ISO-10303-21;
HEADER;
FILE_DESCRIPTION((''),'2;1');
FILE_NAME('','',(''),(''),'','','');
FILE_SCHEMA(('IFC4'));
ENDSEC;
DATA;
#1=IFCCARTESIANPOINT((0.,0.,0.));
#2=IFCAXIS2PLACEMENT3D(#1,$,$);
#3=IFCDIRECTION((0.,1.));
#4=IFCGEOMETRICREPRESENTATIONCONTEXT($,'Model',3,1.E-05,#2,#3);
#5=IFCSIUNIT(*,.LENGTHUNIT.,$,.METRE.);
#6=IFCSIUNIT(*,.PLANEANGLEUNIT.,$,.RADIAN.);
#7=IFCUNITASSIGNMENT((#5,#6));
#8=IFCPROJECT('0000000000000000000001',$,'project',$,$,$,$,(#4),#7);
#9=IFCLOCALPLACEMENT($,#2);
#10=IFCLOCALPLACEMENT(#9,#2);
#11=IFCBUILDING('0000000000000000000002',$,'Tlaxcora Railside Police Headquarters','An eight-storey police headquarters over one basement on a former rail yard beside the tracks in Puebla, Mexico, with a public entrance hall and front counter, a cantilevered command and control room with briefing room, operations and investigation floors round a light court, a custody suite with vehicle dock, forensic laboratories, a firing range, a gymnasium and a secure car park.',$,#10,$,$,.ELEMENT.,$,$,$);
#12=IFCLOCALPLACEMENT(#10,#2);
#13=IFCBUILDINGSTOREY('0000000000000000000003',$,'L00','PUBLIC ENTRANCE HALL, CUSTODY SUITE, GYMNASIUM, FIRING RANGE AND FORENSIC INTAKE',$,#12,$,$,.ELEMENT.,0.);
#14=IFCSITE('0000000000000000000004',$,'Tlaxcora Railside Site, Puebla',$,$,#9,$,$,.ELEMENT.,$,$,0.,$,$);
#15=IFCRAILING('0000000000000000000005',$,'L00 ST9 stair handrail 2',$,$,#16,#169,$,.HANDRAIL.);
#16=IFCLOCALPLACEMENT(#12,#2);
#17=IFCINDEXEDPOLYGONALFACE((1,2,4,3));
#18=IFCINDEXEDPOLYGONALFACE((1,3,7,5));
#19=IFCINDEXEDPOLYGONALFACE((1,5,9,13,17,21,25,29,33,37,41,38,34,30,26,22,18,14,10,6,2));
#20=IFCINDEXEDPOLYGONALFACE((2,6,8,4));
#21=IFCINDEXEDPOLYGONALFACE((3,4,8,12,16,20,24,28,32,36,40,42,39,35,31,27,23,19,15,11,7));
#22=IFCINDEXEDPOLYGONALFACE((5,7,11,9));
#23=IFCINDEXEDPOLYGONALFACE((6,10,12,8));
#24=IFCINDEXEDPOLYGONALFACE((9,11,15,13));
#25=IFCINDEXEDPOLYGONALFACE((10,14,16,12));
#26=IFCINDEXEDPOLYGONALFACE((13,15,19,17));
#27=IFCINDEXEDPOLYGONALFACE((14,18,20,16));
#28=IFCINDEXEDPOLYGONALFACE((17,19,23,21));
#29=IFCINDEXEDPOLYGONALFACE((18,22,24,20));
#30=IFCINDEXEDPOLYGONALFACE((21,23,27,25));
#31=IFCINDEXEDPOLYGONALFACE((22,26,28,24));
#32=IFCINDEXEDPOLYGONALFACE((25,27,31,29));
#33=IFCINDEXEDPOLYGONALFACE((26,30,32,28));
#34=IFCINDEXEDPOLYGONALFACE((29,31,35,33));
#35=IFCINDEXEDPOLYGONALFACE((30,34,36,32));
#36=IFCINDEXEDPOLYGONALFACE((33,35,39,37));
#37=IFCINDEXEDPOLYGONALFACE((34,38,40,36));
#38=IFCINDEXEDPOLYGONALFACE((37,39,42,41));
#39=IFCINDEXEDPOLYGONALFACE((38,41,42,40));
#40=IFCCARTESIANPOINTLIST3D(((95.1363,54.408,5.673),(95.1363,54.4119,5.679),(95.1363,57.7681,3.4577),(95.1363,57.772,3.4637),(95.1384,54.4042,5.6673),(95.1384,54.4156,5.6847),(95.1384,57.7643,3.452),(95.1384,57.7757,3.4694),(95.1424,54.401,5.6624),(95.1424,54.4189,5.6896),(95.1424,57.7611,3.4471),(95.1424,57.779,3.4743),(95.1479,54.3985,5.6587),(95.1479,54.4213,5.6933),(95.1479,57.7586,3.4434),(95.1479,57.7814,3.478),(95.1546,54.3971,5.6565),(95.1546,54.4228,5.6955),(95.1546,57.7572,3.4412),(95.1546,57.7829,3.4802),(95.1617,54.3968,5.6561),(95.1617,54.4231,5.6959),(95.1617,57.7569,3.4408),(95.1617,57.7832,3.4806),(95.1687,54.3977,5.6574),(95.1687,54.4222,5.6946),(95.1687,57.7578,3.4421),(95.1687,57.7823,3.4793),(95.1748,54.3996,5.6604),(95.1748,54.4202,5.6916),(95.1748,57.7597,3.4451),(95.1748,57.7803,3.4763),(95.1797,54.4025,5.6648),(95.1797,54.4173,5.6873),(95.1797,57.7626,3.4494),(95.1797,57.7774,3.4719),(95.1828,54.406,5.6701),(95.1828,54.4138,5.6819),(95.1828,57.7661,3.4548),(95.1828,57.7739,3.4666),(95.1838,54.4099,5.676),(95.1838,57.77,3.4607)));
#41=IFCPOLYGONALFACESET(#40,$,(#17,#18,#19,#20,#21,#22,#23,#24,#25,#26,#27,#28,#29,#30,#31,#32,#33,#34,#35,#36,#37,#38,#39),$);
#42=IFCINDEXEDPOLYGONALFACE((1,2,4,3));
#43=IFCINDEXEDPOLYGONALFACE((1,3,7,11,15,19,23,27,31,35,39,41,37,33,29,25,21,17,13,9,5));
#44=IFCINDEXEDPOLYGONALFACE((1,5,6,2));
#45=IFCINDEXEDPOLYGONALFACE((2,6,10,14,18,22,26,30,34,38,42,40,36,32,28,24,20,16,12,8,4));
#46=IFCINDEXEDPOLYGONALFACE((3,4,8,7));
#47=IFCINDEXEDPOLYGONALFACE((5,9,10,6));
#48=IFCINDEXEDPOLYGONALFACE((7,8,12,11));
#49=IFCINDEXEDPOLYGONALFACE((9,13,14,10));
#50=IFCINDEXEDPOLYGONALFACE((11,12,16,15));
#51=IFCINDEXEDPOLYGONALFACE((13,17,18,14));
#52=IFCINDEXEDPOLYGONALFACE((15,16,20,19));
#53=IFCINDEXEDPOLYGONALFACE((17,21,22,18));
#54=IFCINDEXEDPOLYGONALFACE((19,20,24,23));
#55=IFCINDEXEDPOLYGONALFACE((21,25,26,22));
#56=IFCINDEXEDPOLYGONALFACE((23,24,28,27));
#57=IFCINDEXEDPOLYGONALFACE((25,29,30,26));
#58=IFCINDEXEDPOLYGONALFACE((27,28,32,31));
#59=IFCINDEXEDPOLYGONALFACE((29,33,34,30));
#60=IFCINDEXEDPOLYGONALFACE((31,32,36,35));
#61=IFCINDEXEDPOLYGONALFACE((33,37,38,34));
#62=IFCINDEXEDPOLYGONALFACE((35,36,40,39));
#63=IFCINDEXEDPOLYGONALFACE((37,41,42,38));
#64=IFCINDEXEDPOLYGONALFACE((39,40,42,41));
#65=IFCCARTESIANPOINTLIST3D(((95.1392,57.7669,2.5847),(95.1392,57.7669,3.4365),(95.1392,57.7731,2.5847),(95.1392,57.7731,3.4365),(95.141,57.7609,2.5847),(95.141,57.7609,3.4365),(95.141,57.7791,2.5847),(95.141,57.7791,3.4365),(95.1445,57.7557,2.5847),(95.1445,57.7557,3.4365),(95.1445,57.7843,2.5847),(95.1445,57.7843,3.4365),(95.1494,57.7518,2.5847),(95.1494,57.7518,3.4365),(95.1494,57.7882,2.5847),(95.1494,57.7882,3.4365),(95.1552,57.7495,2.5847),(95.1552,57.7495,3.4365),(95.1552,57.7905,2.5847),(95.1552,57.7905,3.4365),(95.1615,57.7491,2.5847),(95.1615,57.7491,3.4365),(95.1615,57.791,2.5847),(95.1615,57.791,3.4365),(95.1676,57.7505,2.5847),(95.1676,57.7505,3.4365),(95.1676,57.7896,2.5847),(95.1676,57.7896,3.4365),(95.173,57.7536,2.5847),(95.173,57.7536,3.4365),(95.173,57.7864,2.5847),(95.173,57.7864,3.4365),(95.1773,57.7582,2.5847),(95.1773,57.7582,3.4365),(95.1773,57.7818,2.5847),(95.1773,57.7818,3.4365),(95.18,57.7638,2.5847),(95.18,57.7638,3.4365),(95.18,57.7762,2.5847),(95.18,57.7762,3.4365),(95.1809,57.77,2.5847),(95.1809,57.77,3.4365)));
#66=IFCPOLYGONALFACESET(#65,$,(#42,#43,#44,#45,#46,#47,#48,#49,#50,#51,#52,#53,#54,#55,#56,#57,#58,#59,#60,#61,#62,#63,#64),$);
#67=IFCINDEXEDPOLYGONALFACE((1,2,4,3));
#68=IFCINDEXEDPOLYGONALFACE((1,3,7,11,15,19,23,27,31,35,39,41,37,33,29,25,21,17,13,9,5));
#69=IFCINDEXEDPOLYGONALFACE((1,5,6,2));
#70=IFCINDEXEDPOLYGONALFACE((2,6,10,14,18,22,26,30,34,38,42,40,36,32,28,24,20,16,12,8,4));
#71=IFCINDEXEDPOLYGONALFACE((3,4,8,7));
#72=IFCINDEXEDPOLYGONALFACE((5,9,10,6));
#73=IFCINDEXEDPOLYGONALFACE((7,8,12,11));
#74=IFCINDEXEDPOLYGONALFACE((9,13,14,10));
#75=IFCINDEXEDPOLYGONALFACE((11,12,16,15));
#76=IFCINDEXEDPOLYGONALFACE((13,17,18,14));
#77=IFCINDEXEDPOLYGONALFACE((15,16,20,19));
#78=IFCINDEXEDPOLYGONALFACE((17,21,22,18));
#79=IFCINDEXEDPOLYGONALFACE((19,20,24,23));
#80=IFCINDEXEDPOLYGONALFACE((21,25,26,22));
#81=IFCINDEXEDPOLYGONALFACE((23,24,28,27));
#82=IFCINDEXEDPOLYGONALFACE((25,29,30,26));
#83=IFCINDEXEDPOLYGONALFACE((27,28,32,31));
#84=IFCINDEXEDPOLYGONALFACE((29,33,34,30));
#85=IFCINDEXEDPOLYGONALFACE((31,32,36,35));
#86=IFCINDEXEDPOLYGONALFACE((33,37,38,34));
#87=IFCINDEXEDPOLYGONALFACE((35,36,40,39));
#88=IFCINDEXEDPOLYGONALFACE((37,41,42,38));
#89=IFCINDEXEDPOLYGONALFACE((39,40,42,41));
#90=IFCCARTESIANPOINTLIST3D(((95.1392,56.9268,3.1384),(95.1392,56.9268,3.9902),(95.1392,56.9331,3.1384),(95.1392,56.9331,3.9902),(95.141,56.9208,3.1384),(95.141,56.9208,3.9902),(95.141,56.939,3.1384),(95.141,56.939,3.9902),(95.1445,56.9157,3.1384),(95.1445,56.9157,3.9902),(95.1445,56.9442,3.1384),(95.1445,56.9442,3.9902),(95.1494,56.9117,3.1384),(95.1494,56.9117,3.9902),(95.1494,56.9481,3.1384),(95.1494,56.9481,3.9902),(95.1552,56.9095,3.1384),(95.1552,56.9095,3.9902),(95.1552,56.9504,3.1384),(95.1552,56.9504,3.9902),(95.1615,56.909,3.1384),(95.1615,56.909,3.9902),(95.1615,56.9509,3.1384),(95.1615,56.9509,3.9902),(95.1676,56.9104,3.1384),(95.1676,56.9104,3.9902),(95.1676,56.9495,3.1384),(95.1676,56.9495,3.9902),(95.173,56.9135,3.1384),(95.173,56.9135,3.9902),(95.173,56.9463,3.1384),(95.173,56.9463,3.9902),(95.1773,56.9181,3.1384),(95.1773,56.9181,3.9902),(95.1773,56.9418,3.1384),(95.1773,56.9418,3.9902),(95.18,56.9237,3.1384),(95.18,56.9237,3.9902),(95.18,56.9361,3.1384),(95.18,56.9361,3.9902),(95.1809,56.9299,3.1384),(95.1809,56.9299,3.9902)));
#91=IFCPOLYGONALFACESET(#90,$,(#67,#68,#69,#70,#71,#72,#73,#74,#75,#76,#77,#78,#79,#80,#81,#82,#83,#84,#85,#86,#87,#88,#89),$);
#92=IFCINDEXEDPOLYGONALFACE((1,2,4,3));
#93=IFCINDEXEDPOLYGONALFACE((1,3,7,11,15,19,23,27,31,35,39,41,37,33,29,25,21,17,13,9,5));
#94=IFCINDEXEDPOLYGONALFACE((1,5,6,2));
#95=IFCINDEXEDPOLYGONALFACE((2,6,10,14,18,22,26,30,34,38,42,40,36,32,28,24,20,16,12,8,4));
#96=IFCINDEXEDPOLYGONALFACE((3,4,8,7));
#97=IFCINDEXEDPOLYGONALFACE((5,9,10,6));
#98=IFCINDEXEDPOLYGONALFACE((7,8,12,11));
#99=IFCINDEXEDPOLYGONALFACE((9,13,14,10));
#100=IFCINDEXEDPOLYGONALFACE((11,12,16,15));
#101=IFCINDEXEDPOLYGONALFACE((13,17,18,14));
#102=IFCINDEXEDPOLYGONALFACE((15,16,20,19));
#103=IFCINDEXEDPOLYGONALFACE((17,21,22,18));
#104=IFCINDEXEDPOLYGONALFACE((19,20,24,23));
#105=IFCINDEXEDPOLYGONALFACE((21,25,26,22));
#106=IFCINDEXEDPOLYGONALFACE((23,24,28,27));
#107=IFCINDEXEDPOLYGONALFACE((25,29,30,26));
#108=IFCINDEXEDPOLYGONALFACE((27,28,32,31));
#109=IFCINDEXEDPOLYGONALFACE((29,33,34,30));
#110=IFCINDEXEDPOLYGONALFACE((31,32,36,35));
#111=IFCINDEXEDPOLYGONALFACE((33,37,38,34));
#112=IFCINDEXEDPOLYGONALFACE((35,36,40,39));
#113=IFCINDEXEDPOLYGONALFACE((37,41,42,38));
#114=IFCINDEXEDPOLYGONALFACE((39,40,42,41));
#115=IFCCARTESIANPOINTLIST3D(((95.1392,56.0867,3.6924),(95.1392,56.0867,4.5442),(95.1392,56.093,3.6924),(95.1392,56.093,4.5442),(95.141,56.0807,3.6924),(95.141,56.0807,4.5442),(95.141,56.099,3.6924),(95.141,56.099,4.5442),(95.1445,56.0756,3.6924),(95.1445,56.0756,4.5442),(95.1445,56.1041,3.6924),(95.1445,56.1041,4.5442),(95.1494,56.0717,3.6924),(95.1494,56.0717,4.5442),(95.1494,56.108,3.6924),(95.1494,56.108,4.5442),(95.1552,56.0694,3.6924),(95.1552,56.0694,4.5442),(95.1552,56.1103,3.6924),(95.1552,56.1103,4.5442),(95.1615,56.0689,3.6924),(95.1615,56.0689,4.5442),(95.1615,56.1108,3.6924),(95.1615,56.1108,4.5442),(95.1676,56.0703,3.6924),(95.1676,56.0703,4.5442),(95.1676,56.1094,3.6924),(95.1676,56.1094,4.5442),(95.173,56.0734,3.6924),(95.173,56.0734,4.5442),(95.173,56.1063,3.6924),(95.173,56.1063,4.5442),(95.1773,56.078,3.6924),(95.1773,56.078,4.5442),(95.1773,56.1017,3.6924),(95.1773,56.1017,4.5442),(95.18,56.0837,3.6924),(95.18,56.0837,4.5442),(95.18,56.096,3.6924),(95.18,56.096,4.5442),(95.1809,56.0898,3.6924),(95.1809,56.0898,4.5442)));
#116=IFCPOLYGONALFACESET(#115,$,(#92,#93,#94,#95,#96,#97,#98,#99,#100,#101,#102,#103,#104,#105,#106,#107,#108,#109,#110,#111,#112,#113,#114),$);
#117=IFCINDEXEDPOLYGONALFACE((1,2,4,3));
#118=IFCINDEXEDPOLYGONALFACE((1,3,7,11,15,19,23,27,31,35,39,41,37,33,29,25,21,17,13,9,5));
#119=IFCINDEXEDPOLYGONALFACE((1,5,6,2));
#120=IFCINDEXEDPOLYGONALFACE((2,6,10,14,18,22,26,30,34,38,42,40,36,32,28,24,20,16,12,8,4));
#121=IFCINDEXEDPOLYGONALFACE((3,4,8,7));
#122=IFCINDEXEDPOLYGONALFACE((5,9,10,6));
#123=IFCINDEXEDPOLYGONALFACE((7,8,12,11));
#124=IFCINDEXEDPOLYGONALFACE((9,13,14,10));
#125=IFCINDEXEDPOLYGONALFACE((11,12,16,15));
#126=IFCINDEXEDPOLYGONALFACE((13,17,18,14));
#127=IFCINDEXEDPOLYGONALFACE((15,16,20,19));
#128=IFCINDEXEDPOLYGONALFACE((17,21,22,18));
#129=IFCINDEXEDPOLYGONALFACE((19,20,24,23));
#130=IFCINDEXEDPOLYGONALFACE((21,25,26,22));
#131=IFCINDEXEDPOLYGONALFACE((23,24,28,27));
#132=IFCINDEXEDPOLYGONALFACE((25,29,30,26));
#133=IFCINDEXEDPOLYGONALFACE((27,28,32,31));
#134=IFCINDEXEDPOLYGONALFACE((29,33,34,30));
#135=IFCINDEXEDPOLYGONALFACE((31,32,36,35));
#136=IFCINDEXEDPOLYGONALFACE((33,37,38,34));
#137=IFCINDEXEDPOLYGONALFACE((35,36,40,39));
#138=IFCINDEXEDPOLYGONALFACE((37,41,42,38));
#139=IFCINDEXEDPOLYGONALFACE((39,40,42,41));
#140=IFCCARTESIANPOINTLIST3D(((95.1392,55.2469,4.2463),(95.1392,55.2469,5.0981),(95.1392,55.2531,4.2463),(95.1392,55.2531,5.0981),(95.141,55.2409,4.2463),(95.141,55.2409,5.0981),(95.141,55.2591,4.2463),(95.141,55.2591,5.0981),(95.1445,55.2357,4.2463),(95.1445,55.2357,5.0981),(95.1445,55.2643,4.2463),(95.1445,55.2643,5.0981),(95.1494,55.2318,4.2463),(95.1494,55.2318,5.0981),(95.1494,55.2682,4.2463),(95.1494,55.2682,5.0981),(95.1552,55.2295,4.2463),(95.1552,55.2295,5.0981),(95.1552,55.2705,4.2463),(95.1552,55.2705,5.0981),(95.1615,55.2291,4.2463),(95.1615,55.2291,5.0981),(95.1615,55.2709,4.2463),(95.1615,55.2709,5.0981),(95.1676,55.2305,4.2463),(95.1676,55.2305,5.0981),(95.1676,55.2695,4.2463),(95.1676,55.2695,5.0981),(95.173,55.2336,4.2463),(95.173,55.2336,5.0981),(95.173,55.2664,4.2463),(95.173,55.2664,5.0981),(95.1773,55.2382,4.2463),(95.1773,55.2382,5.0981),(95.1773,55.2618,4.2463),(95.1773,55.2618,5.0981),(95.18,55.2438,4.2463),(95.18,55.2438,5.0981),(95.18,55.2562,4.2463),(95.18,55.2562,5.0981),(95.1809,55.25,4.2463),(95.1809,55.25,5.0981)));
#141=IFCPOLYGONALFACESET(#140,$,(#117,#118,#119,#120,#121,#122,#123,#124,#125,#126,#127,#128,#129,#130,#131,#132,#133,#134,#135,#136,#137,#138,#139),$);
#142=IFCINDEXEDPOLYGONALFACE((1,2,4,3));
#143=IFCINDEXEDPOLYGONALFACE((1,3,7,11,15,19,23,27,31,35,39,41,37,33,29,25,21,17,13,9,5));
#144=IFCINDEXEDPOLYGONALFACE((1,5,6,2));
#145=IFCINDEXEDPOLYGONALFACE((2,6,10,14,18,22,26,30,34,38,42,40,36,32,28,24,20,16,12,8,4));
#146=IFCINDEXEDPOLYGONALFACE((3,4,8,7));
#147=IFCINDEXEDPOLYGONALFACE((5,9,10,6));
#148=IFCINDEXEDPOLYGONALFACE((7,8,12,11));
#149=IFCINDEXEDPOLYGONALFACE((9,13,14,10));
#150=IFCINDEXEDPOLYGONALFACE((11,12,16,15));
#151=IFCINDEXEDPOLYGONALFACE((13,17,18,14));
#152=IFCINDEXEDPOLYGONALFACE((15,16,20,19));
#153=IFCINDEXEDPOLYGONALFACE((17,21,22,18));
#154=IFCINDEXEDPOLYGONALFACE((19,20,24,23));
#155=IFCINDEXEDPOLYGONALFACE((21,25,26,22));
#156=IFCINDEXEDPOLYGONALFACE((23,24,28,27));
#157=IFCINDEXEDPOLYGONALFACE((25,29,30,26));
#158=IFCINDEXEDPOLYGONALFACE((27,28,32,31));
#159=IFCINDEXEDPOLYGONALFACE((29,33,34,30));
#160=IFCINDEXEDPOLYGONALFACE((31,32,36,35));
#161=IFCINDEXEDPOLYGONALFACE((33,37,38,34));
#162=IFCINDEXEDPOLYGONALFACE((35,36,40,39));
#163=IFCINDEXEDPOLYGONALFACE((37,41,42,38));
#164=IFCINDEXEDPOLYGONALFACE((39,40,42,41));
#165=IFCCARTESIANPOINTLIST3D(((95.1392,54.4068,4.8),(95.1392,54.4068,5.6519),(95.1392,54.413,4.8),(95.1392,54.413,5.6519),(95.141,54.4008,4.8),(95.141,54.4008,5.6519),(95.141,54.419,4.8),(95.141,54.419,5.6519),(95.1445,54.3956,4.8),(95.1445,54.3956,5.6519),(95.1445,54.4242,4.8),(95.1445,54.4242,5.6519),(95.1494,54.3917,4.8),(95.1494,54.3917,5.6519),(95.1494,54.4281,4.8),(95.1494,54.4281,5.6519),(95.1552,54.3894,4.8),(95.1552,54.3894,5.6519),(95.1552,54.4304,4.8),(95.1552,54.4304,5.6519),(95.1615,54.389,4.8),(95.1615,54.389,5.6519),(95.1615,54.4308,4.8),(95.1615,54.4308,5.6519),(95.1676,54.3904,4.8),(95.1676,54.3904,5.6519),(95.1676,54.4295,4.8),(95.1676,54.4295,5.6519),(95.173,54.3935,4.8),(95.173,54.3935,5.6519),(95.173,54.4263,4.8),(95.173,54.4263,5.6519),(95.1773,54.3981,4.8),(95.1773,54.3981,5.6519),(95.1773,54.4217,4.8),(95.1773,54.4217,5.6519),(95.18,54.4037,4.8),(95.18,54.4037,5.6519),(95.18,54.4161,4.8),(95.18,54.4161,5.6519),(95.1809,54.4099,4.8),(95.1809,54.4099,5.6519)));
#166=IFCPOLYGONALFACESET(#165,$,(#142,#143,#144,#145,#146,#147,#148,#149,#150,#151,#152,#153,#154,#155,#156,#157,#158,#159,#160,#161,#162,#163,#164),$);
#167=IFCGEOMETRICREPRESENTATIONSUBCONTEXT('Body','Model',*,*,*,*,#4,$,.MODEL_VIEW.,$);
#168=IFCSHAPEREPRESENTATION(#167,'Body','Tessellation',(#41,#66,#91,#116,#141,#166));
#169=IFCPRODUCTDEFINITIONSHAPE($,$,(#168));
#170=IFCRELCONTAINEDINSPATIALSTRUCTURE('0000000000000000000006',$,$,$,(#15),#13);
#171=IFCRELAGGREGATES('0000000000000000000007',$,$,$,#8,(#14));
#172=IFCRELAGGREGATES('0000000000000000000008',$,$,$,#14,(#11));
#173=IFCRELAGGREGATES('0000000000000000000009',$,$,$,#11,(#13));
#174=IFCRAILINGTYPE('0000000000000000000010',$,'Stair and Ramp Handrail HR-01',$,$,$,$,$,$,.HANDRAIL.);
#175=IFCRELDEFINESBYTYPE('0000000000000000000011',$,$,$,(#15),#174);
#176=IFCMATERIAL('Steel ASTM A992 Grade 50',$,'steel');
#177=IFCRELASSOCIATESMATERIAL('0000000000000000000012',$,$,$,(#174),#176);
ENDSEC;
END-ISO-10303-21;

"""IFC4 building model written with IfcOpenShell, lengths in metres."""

from ifc_helpers import new_model, si_unit, direction, frame, origin, origin_2d, place, context, subcontext, project, spatial, circle, extrude, material, type_object, element, save


model = new_model("IFC4")

# Units and contexts
model_context = context("Model", 3, precision=1e-05, world=origin(), true_north=direction((0.0, 1.0)))
body_context = subcontext(model_context, "Body", "Model", "MODEL_VIEW")
ifc_project = project(units=[si_unit("LENGTHUNIT", "METRE"), si_unit("PLANEANGLEUNIT", "RADIAN")], contexts=[model_context])

# Site, building, storey
site_placement = place(None, origin())
site = spatial("IfcSite", under=ifc_project, at=site_placement, Name="Tlaxcora Railside Site, Puebla", CompositionType="ELEMENT", RefElevation=0.0)
building_placement = place(site_placement, origin())
building = spatial("IfcBuilding", under=site, at=building_placement, Name="Tlaxcora Railside Police Headquarters", Description="An eight-storey police headquarters over one basement on a former rail yard beside the tracks in Puebla, Mexico, with a public entrance hall and front counter, a cantilevered command and control room with briefing room, operations and investigation floors round a light court, a custody suite with vehicle dock, forensic laboratories, a firing range, a gymnasium and a secure car park.", CompositionType="ELEMENT")
storey_placement = place(building_placement, origin())
storey = spatial("IfcBuildingStorey", under=building, at=storey_placement, Name="L00", Description="PUBLIC ENTRANCE HALL, CUSTODY SUITE, GYMNASIUM, FIRING RANGE AND FORENSIC INTAKE", CompositionType="ELEMENT", Elevation=0.0)

# Shared definitions
ifc_material_1 = material(Name="Steel ASTM A992 Grade 50", Category="steel")

# Railing
railing_type = type_object("IfcRailingType", Name="Stair and Ramp Handrail HR-01", PredefinedType="HANDRAIL", material=ifc_material_1)
railing_placement = place(storey_placement, frame((95.1599, 57.77, 2.5847)))
element("IfcRailing", 1, at=railing_placement, inside=storey, type_object=railing_type, Name="L00 ST9 stair handrail 2", PredefinedType="HANDRAIL", context=body_context, shape_type="SweptSolid", body=[
    extrude(circle(Radius=0.0239, at=origin_2d()), frame((0.0, 0.0, 0.876), z_axis=(0.0, -0.834876, 0.550437), x_axis=(1.0, 0.0, 0.0)), (0.0, 0.0, 1.0), 4.0247),
    extrude(circle(Radius=0.021, at=origin_2d()), origin(), (0.0, 0.0, 1.0), 0.8518),
    extrude(circle(Radius=0.021, at=origin_2d()), frame((0.0, -0.8401, 0.5537)), (0.0, 0.0, 1.0), 0.8518),
    extrude(circle(Radius=0.021, at=origin_2d()), frame((0.0, -1.6802, 1.1077)), (0.0, 0.0, 1.0), 0.8518),
    extrude(circle(Radius=0.021, at=origin_2d()), frame((0.0, -2.52, 1.6616)), (0.0, 0.0, 1.0), 0.8518),
    extrude(circle(Radius=0.021, at=origin_2d()), frame((0.0, -3.3601, 2.2153)), (0.0, 0.0, 1.0), 0.8518),
])

save(model, "model.ifc")
